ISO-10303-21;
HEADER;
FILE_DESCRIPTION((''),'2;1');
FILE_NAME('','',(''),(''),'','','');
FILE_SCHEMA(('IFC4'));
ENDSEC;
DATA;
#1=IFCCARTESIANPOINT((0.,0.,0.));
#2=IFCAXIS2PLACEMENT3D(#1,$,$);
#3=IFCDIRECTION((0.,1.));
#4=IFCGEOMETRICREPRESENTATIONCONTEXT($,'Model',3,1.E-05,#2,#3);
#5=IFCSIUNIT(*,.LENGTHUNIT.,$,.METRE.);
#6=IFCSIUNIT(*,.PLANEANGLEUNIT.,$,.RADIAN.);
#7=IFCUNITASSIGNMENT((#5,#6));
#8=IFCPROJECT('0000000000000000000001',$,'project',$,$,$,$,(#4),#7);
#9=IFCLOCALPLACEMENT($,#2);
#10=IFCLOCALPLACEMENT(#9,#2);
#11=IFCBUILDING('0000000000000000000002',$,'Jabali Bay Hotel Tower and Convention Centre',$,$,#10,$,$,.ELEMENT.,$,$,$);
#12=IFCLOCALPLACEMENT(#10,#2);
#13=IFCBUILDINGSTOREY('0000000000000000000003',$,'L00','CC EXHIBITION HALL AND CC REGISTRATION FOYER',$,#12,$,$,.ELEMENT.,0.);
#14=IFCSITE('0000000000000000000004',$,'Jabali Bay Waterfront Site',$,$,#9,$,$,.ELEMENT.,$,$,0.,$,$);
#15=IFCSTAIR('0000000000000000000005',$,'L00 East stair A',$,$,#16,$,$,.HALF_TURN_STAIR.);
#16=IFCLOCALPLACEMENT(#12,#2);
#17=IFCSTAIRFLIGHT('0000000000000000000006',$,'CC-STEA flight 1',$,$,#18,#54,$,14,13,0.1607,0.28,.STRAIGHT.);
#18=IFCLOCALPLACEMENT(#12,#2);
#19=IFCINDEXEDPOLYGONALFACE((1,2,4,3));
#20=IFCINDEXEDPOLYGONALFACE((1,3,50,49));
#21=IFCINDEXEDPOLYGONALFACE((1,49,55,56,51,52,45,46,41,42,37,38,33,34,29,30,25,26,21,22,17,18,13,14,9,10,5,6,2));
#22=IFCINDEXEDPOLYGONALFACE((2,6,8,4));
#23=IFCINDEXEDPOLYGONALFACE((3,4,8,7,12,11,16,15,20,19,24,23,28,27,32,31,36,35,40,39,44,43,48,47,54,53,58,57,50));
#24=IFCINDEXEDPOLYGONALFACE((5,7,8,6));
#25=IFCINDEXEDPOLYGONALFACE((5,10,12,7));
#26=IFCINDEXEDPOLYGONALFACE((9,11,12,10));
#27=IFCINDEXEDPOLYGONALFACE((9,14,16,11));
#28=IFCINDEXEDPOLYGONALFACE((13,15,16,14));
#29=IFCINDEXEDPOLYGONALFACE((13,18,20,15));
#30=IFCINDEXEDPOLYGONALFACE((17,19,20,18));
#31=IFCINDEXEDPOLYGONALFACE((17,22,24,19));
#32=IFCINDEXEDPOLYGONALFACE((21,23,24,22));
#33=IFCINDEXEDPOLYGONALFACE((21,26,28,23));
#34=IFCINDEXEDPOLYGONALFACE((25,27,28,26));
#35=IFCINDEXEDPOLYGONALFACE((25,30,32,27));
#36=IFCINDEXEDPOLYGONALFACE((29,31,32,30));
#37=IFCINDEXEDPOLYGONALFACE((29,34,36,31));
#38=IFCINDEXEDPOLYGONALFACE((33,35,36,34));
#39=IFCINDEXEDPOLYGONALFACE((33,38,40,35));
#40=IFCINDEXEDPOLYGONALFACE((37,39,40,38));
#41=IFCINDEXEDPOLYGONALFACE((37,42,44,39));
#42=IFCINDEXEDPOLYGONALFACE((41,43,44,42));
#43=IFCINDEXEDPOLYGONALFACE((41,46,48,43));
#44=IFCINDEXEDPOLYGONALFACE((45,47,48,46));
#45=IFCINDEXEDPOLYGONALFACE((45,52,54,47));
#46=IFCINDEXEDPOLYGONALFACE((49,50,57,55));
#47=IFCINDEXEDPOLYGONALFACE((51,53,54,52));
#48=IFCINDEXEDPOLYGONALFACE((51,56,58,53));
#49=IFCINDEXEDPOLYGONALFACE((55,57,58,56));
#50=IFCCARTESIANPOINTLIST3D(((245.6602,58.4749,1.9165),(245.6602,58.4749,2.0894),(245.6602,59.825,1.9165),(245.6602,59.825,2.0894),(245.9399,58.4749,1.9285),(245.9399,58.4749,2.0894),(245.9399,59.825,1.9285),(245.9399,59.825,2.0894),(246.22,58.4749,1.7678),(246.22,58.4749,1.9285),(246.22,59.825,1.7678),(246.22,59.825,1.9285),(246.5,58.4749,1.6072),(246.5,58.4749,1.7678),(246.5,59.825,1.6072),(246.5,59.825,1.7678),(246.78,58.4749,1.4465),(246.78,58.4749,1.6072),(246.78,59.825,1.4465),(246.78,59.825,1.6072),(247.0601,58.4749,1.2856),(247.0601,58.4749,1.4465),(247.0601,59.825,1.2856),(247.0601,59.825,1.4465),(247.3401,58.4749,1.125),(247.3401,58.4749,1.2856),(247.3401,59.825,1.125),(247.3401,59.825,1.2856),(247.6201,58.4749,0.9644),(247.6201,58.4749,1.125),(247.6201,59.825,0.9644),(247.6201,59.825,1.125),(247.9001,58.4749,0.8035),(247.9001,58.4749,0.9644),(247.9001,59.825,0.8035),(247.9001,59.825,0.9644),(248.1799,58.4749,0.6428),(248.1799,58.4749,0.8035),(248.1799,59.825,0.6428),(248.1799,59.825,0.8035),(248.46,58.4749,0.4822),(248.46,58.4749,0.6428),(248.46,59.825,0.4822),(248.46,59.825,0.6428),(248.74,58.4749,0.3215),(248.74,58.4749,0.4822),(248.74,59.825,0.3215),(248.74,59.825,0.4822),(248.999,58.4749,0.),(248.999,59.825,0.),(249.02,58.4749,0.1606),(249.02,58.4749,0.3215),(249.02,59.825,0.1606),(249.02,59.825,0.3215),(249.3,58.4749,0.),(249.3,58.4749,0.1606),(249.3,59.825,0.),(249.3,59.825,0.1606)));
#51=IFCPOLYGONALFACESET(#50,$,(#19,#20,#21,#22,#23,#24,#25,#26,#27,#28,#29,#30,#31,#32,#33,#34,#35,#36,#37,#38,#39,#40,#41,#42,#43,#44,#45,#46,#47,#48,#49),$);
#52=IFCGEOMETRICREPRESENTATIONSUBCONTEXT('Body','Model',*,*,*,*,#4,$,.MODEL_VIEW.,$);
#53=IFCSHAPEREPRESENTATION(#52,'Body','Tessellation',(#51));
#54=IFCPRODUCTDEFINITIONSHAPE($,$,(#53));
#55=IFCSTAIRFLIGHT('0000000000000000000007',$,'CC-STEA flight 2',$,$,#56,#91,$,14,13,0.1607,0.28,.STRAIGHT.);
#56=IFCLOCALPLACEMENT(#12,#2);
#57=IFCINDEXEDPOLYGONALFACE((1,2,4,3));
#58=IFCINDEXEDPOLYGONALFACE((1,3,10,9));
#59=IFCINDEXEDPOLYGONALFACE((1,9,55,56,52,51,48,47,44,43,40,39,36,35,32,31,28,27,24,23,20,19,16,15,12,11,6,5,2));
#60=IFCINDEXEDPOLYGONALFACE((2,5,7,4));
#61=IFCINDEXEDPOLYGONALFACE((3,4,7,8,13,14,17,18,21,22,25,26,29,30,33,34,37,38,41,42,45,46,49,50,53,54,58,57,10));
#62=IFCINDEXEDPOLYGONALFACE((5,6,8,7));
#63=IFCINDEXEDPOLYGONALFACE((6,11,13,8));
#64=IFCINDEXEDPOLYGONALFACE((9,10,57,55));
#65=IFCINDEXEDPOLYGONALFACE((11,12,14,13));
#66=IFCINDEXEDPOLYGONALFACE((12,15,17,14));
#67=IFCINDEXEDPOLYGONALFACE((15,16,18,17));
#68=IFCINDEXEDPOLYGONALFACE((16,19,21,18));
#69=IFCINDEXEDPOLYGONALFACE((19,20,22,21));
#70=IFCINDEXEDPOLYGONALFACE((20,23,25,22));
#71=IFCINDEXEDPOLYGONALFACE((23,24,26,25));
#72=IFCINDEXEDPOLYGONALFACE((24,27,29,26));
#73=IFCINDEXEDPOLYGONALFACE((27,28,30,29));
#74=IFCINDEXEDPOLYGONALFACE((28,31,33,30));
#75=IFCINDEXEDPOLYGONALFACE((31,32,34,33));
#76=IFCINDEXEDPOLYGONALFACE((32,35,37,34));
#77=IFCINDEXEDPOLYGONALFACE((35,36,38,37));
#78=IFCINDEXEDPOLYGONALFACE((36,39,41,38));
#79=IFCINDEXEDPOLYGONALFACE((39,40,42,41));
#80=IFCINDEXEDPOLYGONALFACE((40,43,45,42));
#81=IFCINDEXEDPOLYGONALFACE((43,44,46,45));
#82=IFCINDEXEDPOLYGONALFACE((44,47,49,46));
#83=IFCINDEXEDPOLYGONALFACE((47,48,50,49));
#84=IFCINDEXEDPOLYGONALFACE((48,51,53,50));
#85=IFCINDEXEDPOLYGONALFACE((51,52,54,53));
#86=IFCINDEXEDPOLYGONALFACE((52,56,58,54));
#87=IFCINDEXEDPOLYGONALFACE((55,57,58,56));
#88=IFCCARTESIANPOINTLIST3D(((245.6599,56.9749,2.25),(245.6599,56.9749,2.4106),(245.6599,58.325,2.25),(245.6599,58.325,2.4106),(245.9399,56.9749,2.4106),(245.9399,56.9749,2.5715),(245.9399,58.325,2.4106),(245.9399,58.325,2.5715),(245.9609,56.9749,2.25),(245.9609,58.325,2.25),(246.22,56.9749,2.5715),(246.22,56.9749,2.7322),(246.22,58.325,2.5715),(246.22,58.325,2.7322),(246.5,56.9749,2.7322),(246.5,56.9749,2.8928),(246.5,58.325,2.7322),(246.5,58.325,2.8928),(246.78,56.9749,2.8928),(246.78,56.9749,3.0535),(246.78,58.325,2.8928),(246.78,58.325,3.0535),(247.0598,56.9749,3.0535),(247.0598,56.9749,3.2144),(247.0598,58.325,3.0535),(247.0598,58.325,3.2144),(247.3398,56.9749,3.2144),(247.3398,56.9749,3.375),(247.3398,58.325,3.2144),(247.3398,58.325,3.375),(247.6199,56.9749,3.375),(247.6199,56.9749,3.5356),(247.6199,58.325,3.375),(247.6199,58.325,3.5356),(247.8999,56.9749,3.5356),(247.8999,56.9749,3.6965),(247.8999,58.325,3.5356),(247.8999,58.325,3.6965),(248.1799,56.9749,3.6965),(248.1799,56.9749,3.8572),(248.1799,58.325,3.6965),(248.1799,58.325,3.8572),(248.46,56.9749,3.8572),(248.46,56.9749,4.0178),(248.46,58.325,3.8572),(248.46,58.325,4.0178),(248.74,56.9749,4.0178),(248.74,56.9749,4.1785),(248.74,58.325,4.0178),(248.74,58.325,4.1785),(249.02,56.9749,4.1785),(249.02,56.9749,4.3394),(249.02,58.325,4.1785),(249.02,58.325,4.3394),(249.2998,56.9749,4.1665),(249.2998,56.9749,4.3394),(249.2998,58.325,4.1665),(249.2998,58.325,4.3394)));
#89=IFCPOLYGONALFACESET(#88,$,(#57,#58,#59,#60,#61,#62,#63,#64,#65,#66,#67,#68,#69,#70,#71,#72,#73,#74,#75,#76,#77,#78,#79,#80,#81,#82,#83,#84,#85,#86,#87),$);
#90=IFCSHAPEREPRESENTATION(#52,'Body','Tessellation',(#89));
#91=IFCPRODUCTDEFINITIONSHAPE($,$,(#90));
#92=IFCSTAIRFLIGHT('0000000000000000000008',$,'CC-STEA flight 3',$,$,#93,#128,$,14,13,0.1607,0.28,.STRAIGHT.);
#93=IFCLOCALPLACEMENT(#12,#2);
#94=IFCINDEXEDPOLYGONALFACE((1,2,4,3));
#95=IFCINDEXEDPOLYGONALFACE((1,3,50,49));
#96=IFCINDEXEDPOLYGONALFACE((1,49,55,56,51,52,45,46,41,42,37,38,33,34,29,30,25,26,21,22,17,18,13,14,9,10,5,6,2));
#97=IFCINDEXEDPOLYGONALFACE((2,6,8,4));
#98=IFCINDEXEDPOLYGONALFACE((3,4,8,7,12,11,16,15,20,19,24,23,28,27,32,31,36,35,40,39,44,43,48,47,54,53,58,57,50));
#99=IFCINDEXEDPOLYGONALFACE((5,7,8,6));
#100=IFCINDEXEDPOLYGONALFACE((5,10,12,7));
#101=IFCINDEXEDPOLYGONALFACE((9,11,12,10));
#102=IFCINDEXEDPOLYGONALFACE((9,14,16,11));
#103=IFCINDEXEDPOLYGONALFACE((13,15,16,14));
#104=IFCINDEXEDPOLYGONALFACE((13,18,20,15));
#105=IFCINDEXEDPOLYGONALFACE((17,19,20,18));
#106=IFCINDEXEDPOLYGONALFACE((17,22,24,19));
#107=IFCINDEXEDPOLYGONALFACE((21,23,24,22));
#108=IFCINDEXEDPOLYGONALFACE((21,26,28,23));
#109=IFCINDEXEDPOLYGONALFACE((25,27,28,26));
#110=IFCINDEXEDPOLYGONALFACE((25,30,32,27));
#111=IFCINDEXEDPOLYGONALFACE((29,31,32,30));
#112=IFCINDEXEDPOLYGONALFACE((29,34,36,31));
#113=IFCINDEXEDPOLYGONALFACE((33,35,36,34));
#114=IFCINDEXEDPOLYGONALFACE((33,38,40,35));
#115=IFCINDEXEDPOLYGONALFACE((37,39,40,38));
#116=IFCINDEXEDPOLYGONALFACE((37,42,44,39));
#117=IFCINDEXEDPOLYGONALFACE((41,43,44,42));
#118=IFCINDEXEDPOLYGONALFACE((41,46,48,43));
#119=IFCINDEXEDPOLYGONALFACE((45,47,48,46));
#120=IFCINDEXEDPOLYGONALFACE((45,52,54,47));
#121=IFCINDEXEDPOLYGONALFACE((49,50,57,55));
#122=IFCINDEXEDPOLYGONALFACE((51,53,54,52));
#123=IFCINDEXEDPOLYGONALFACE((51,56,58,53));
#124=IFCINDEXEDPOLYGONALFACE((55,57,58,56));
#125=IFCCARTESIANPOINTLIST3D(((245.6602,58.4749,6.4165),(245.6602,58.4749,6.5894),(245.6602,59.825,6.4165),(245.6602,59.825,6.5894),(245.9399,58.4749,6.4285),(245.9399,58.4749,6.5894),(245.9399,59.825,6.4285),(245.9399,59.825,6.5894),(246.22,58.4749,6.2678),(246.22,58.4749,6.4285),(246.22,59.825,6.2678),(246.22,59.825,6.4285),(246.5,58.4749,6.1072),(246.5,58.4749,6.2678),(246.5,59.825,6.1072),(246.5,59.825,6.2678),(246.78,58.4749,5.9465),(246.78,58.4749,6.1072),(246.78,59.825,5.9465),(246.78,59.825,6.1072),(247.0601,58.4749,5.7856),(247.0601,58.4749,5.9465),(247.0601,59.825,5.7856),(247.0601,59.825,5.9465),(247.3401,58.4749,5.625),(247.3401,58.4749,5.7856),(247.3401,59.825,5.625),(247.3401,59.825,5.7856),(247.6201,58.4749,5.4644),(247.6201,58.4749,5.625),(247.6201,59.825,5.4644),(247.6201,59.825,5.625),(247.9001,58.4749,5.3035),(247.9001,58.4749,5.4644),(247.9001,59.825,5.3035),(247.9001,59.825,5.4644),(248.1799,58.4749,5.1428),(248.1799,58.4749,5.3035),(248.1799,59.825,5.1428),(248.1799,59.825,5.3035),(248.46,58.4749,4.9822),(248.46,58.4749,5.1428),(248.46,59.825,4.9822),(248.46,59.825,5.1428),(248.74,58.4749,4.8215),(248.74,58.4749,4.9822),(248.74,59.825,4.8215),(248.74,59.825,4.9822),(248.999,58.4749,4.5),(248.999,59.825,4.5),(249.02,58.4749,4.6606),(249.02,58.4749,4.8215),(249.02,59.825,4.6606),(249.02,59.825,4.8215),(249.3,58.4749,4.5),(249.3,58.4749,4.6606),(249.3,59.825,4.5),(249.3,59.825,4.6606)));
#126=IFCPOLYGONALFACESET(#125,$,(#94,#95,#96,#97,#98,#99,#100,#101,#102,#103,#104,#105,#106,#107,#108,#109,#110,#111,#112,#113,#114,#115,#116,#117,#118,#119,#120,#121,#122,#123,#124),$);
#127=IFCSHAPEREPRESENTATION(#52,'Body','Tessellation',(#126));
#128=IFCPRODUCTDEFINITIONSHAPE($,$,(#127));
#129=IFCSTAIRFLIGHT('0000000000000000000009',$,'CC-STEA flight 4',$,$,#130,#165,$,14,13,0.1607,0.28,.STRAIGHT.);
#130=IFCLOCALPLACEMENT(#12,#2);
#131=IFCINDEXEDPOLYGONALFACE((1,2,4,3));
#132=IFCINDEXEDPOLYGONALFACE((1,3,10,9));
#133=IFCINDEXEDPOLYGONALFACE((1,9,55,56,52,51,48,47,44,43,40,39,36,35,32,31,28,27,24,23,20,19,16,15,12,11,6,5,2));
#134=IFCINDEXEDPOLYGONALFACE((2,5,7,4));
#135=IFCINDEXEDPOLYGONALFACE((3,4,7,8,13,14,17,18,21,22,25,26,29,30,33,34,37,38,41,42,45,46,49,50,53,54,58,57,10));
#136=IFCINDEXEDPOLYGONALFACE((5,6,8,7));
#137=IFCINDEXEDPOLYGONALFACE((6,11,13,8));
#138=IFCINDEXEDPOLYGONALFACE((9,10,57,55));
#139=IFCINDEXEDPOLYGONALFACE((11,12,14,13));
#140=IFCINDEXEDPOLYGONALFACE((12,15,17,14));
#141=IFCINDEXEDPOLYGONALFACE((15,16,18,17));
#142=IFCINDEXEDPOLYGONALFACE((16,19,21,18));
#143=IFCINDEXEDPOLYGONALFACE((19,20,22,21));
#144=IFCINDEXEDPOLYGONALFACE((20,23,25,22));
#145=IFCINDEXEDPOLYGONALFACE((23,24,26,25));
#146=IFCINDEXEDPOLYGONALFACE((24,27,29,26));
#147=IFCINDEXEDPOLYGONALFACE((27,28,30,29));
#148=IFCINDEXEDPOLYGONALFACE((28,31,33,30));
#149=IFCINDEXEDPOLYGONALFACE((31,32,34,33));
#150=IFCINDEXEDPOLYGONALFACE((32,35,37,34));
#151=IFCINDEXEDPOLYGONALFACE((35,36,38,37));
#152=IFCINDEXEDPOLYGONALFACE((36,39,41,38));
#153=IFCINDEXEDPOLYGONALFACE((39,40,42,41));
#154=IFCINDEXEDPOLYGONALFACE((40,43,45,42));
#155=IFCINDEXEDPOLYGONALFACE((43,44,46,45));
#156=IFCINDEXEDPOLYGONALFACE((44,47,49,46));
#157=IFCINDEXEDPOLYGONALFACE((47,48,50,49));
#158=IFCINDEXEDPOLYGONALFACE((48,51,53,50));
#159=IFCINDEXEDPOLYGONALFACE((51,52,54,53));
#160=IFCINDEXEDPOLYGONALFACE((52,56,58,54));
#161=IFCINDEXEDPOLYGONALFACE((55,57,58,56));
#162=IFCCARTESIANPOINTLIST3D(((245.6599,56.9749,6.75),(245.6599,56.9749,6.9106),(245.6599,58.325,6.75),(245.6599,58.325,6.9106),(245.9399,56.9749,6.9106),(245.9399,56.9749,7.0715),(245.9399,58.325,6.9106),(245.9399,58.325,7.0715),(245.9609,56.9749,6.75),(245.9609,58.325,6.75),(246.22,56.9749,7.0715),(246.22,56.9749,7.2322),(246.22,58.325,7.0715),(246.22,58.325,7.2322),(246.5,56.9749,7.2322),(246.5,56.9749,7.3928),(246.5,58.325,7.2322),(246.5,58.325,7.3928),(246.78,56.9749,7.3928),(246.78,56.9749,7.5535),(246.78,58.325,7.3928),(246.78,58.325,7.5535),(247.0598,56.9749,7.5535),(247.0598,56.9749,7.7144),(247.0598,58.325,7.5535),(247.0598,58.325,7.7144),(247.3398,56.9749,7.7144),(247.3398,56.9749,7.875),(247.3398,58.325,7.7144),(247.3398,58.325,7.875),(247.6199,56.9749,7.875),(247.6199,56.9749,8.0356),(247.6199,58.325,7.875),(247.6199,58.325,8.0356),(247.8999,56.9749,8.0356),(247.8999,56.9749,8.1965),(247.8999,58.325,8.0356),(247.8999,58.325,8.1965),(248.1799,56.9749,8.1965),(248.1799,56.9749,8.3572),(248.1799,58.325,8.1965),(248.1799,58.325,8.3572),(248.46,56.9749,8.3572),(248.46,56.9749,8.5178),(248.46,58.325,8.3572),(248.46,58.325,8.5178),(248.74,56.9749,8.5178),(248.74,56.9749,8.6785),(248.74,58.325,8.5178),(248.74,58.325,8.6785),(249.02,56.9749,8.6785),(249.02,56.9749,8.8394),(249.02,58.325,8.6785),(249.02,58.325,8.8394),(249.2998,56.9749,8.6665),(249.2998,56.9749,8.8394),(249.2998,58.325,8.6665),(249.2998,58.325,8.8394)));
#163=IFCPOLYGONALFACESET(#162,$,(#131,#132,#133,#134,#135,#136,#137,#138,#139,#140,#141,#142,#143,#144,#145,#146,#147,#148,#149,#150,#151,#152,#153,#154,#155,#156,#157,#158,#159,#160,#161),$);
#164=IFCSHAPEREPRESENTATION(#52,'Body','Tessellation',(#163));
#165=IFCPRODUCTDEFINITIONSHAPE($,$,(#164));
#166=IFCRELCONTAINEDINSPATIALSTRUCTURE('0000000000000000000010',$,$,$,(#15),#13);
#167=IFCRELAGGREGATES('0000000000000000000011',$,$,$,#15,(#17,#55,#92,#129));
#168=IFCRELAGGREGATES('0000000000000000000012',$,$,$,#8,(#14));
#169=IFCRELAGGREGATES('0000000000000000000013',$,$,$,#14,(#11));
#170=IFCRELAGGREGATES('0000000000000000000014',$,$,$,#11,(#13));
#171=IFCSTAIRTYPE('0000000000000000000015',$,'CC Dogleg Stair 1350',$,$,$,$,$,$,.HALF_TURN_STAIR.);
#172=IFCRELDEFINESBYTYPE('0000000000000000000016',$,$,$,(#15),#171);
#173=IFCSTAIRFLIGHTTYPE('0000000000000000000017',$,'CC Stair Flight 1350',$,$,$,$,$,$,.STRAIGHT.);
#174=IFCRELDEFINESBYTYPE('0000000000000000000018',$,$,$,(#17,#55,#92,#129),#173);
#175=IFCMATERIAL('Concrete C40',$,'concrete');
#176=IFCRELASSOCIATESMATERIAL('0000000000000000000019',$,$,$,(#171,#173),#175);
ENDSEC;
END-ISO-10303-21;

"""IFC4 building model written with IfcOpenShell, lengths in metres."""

from ifc_helpers import new_model, si_unit, direction, frame, origin, place, context, subcontext, project, spatial, polyline, outline, extrude, material, type_object, element, aggregate, save


model = new_model("IFC4")

# Units and contexts
model_context = context("Model", 3, precision=1e-05, world=origin(), true_north=direction((0.0, 1.0)))
body_context = subcontext(model_context, "Body", "Model", "MODEL_VIEW")
ifc_project = project(units=[si_unit("LENGTHUNIT", "METRE"), si_unit("PLANEANGLEUNIT", "RADIAN")], contexts=[model_context])

# Site, building, storey
site_placement = place(None, origin())
site = spatial("IfcSite", under=ifc_project, at=site_placement, Name="Jabali Bay Waterfront Site", CompositionType="ELEMENT", RefElevation=0.0)
building_placement = place(site_placement, origin())
building = spatial("IfcBuilding", under=site, at=building_placement, Name="Jabali Bay Hotel Tower and Convention Centre", CompositionType="ELEMENT")
storey_placement = place(building_placement, origin())
storey = spatial("IfcBuildingStorey", under=building, at=storey_placement, Name="L00", Description="CC EXHIBITION HALL AND CC REGISTRATION FOYER", CompositionType="ELEMENT", Elevation=0.0)

# Shared definitions
ifc_material_1 = material(Name="Concrete C40", Category="concrete")

# Stair, stair flights
stair_type = type_object("IfcStairType", Name="CC Dogleg Stair 1350", PredefinedType="HALF_TURN_STAIR", material=ifc_material_1)
stair_placement = place(storey_placement, origin())
stair = element("IfcStair", 1, at=stair_placement, inside=storey, type_object=stair_type, Name="L00 East stair A", PredefinedType="HALF_TURN_STAIR")
stair_flight_type = type_object("IfcStairFlightType", Name="CC Stair Flight 1350", PredefinedType="STRAIGHT", material=ifc_material_1)
stair_flight_1_placement = place(storey_placement, frame((249.3, 59.1499, 0.0), z_axis=(0.0, 0.0, 1.0), x_axis=(-1.0, 0.0, 0.0)))
stair_flight_1 = element("IfcStairFlight", 2, at=stair_flight_1_placement, type_object=stair_flight_type, Name="CC-STEA flight 1", NumberOfRisers=14, NumberOfTreads=13, PredefinedType="STRAIGHT", RiserHeight=0.1607, TreadLength=0.28, context=body_context, shape_type="SweptSolid", body=[
    extrude(outline(polyline([(0.0, 0.0), (0.0, 0.1606), (0.28, 0.1606), (0.28, 0.3215), (0.5601, 0.3215), (0.5601, 0.4822), (0.8401, 0.4822), (0.8401, 0.6428), (1.1201, 0.6428), (1.1201, 0.8035), (1.3999, 0.8035), (1.3999, 0.9644), (1.6799, 0.9644), (1.6799, 1.125), (1.96, 1.125), (1.96, 1.2856), (2.24, 1.2856), (2.24, 1.4465), (2.52, 1.4465), (2.52, 1.6072), (2.8, 1.6072), (2.8, 1.7678), (3.0801, 1.7678), (3.0801, 1.9285), (3.3601, 1.9285), (3.3601, 2.0894), (3.6399, 2.0894), (3.6399, 2.25), (3.6399, 1.9165), (0.301, 0.0), (0.0, 0.0)])), frame((0.0, 0.675, 0.0), z_axis=(0.0, -1.0, 0.0), x_axis=(1.0, 0.0, 0.0)), (0.0, 0.0, 1.0), 1.3501),
])
stair_flight_2_placement = place(storey_placement, frame((245.6599, 57.6499, 2.25), z_axis=(0.0, 0.0, 1.0), x_axis=(1.0, 0.0, 0.0)))
stair_flight_2 = element("IfcStairFlight", 3, at=stair_flight_2_placement, type_object=stair_flight_type, Name="CC-STEA flight 2", NumberOfRisers=14, NumberOfTreads=13, PredefinedType="STRAIGHT", RiserHeight=0.1607, TreadLength=0.28, context=body_context, shape_type="SweptSolid", body=[
    extrude(outline(polyline([(0.0, 0.0), (0.0, 0.1606), (0.28, 0.1606), (0.28, 0.3215), (0.5601, 0.3215), (0.5601, 0.4822), (0.8401, 0.4822), (0.8401, 0.6428), (1.1201, 0.6428), (1.1201, 0.8035), (1.3999, 0.8035), (1.3999, 0.9644), (1.6799, 0.9644), (1.6799, 1.125), (1.96, 1.125), (1.96, 1.2856), (2.24, 1.2856), (2.24, 1.4465), (2.52, 1.4465), (2.52, 1.6072), (2.8, 1.6072), (2.8, 1.7678), (3.0801, 1.7678), (3.0801, 1.9285), (3.3601, 1.9285), (3.3601, 2.0894), (3.6399, 2.0894), (3.6399, 2.25), (3.6399, 1.9165), (0.301, 0.0), (0.0, 0.0)])), frame((0.0, 0.675, 0.0), z_axis=(0.0, -1.0, 0.0), x_axis=(1.0, 0.0, 0.0)), (0.0, 0.0, 1.0), 1.3501),
])
stair_flight_3_placement = place(storey_placement, frame((249.3, 59.1499, 4.5), z_axis=(0.0, 0.0, 1.0), x_axis=(-1.0, 0.0, 0.0)))
stair_flight_3 = element("IfcStairFlight", 4, at=stair_flight_3_placement, type_object=stair_flight_type, Name="CC-STEA flight 3", NumberOfRisers=14, NumberOfTreads=13, PredefinedType="STRAIGHT", RiserHeight=0.1607, TreadLength=0.28, context=body_context, shape_type="SweptSolid", body=[
    extrude(outline(polyline([(0.0, 0.0), (0.0, 0.1606), (0.28, 0.1606), (0.28, 0.3215), (0.5601, 0.3215), (0.5601, 0.4822), (0.8401, 0.4822), (0.8401, 0.6428), (1.1201, 0.6428), (1.1201, 0.8035), (1.3999, 0.8035), (1.3999, 0.9644), (1.6799, 0.9644), (1.6799, 1.125), (1.96, 1.125), (1.96, 1.2856), (2.24, 1.2856), (2.24, 1.4465), (2.52, 1.4465), (2.52, 1.6072), (2.8, 1.6072), (2.8, 1.7678), (3.0801, 1.7678), (3.0801, 1.9285), (3.3601, 1.9285), (3.3601, 2.0894), (3.6399, 2.0894), (3.6399, 2.25), (3.6399, 1.9165), (0.301, 0.0), (0.0, 0.0)])), frame((0.0, 0.675, 0.0), z_axis=(0.0, -1.0, 0.0), x_axis=(1.0, 0.0, 0.0)), (0.0, 0.0, 1.0), 1.3501),
])
stair_flight_4_placement = place(storey_placement, frame((245.6599, 57.6499, 6.75), z_axis=(0.0, 0.0, 1.0), x_axis=(1.0, 0.0, 0.0)))
stair_flight_4 = element("IfcStairFlight", 5, at=stair_flight_4_placement, type_object=stair_flight_type, Name="CC-STEA flight 4", NumberOfRisers=14, NumberOfTreads=13, PredefinedType="STRAIGHT", RiserHeight=0.1607, TreadLength=0.28, context=body_context, shape_type="SweptSolid", body=[
    extrude(outline(polyline([(0.0, 0.0), (0.0, 0.1606), (0.28, 0.1606), (0.28, 0.3215), (0.5601, 0.3215), (0.5601, 0.4822), (0.8401, 0.4822), (0.8401, 0.6428), (1.1201, 0.6428), (1.1201, 0.8035), (1.3999, 0.8035), (1.3999, 0.9644), (1.6799, 0.9644), (1.6799, 1.125), (1.96, 1.125), (1.96, 1.2856), (2.24, 1.2856), (2.24, 1.4465), (2.52, 1.4465), (2.52, 1.6072), (2.8, 1.6072), (2.8, 1.7678), (3.0801, 1.7678), (3.0801, 1.9285), (3.3601, 1.9285), (3.3601, 2.0894), (3.6399, 2.0894), (3.6399, 2.25), (3.6399, 1.9165), (0.301, 0.0), (0.0, 0.0)])), frame((0.0, 0.675, 0.0), z_axis=(0.0, -1.0, 0.0), x_axis=(1.0, 0.0, 0.0)), (0.0, 0.0, 1.0), 1.3501),
])
aggregate(stair, [stair_flight_1, stair_flight_2, stair_flight_3, stair_flight_4])

save(model, "model.ifc")
